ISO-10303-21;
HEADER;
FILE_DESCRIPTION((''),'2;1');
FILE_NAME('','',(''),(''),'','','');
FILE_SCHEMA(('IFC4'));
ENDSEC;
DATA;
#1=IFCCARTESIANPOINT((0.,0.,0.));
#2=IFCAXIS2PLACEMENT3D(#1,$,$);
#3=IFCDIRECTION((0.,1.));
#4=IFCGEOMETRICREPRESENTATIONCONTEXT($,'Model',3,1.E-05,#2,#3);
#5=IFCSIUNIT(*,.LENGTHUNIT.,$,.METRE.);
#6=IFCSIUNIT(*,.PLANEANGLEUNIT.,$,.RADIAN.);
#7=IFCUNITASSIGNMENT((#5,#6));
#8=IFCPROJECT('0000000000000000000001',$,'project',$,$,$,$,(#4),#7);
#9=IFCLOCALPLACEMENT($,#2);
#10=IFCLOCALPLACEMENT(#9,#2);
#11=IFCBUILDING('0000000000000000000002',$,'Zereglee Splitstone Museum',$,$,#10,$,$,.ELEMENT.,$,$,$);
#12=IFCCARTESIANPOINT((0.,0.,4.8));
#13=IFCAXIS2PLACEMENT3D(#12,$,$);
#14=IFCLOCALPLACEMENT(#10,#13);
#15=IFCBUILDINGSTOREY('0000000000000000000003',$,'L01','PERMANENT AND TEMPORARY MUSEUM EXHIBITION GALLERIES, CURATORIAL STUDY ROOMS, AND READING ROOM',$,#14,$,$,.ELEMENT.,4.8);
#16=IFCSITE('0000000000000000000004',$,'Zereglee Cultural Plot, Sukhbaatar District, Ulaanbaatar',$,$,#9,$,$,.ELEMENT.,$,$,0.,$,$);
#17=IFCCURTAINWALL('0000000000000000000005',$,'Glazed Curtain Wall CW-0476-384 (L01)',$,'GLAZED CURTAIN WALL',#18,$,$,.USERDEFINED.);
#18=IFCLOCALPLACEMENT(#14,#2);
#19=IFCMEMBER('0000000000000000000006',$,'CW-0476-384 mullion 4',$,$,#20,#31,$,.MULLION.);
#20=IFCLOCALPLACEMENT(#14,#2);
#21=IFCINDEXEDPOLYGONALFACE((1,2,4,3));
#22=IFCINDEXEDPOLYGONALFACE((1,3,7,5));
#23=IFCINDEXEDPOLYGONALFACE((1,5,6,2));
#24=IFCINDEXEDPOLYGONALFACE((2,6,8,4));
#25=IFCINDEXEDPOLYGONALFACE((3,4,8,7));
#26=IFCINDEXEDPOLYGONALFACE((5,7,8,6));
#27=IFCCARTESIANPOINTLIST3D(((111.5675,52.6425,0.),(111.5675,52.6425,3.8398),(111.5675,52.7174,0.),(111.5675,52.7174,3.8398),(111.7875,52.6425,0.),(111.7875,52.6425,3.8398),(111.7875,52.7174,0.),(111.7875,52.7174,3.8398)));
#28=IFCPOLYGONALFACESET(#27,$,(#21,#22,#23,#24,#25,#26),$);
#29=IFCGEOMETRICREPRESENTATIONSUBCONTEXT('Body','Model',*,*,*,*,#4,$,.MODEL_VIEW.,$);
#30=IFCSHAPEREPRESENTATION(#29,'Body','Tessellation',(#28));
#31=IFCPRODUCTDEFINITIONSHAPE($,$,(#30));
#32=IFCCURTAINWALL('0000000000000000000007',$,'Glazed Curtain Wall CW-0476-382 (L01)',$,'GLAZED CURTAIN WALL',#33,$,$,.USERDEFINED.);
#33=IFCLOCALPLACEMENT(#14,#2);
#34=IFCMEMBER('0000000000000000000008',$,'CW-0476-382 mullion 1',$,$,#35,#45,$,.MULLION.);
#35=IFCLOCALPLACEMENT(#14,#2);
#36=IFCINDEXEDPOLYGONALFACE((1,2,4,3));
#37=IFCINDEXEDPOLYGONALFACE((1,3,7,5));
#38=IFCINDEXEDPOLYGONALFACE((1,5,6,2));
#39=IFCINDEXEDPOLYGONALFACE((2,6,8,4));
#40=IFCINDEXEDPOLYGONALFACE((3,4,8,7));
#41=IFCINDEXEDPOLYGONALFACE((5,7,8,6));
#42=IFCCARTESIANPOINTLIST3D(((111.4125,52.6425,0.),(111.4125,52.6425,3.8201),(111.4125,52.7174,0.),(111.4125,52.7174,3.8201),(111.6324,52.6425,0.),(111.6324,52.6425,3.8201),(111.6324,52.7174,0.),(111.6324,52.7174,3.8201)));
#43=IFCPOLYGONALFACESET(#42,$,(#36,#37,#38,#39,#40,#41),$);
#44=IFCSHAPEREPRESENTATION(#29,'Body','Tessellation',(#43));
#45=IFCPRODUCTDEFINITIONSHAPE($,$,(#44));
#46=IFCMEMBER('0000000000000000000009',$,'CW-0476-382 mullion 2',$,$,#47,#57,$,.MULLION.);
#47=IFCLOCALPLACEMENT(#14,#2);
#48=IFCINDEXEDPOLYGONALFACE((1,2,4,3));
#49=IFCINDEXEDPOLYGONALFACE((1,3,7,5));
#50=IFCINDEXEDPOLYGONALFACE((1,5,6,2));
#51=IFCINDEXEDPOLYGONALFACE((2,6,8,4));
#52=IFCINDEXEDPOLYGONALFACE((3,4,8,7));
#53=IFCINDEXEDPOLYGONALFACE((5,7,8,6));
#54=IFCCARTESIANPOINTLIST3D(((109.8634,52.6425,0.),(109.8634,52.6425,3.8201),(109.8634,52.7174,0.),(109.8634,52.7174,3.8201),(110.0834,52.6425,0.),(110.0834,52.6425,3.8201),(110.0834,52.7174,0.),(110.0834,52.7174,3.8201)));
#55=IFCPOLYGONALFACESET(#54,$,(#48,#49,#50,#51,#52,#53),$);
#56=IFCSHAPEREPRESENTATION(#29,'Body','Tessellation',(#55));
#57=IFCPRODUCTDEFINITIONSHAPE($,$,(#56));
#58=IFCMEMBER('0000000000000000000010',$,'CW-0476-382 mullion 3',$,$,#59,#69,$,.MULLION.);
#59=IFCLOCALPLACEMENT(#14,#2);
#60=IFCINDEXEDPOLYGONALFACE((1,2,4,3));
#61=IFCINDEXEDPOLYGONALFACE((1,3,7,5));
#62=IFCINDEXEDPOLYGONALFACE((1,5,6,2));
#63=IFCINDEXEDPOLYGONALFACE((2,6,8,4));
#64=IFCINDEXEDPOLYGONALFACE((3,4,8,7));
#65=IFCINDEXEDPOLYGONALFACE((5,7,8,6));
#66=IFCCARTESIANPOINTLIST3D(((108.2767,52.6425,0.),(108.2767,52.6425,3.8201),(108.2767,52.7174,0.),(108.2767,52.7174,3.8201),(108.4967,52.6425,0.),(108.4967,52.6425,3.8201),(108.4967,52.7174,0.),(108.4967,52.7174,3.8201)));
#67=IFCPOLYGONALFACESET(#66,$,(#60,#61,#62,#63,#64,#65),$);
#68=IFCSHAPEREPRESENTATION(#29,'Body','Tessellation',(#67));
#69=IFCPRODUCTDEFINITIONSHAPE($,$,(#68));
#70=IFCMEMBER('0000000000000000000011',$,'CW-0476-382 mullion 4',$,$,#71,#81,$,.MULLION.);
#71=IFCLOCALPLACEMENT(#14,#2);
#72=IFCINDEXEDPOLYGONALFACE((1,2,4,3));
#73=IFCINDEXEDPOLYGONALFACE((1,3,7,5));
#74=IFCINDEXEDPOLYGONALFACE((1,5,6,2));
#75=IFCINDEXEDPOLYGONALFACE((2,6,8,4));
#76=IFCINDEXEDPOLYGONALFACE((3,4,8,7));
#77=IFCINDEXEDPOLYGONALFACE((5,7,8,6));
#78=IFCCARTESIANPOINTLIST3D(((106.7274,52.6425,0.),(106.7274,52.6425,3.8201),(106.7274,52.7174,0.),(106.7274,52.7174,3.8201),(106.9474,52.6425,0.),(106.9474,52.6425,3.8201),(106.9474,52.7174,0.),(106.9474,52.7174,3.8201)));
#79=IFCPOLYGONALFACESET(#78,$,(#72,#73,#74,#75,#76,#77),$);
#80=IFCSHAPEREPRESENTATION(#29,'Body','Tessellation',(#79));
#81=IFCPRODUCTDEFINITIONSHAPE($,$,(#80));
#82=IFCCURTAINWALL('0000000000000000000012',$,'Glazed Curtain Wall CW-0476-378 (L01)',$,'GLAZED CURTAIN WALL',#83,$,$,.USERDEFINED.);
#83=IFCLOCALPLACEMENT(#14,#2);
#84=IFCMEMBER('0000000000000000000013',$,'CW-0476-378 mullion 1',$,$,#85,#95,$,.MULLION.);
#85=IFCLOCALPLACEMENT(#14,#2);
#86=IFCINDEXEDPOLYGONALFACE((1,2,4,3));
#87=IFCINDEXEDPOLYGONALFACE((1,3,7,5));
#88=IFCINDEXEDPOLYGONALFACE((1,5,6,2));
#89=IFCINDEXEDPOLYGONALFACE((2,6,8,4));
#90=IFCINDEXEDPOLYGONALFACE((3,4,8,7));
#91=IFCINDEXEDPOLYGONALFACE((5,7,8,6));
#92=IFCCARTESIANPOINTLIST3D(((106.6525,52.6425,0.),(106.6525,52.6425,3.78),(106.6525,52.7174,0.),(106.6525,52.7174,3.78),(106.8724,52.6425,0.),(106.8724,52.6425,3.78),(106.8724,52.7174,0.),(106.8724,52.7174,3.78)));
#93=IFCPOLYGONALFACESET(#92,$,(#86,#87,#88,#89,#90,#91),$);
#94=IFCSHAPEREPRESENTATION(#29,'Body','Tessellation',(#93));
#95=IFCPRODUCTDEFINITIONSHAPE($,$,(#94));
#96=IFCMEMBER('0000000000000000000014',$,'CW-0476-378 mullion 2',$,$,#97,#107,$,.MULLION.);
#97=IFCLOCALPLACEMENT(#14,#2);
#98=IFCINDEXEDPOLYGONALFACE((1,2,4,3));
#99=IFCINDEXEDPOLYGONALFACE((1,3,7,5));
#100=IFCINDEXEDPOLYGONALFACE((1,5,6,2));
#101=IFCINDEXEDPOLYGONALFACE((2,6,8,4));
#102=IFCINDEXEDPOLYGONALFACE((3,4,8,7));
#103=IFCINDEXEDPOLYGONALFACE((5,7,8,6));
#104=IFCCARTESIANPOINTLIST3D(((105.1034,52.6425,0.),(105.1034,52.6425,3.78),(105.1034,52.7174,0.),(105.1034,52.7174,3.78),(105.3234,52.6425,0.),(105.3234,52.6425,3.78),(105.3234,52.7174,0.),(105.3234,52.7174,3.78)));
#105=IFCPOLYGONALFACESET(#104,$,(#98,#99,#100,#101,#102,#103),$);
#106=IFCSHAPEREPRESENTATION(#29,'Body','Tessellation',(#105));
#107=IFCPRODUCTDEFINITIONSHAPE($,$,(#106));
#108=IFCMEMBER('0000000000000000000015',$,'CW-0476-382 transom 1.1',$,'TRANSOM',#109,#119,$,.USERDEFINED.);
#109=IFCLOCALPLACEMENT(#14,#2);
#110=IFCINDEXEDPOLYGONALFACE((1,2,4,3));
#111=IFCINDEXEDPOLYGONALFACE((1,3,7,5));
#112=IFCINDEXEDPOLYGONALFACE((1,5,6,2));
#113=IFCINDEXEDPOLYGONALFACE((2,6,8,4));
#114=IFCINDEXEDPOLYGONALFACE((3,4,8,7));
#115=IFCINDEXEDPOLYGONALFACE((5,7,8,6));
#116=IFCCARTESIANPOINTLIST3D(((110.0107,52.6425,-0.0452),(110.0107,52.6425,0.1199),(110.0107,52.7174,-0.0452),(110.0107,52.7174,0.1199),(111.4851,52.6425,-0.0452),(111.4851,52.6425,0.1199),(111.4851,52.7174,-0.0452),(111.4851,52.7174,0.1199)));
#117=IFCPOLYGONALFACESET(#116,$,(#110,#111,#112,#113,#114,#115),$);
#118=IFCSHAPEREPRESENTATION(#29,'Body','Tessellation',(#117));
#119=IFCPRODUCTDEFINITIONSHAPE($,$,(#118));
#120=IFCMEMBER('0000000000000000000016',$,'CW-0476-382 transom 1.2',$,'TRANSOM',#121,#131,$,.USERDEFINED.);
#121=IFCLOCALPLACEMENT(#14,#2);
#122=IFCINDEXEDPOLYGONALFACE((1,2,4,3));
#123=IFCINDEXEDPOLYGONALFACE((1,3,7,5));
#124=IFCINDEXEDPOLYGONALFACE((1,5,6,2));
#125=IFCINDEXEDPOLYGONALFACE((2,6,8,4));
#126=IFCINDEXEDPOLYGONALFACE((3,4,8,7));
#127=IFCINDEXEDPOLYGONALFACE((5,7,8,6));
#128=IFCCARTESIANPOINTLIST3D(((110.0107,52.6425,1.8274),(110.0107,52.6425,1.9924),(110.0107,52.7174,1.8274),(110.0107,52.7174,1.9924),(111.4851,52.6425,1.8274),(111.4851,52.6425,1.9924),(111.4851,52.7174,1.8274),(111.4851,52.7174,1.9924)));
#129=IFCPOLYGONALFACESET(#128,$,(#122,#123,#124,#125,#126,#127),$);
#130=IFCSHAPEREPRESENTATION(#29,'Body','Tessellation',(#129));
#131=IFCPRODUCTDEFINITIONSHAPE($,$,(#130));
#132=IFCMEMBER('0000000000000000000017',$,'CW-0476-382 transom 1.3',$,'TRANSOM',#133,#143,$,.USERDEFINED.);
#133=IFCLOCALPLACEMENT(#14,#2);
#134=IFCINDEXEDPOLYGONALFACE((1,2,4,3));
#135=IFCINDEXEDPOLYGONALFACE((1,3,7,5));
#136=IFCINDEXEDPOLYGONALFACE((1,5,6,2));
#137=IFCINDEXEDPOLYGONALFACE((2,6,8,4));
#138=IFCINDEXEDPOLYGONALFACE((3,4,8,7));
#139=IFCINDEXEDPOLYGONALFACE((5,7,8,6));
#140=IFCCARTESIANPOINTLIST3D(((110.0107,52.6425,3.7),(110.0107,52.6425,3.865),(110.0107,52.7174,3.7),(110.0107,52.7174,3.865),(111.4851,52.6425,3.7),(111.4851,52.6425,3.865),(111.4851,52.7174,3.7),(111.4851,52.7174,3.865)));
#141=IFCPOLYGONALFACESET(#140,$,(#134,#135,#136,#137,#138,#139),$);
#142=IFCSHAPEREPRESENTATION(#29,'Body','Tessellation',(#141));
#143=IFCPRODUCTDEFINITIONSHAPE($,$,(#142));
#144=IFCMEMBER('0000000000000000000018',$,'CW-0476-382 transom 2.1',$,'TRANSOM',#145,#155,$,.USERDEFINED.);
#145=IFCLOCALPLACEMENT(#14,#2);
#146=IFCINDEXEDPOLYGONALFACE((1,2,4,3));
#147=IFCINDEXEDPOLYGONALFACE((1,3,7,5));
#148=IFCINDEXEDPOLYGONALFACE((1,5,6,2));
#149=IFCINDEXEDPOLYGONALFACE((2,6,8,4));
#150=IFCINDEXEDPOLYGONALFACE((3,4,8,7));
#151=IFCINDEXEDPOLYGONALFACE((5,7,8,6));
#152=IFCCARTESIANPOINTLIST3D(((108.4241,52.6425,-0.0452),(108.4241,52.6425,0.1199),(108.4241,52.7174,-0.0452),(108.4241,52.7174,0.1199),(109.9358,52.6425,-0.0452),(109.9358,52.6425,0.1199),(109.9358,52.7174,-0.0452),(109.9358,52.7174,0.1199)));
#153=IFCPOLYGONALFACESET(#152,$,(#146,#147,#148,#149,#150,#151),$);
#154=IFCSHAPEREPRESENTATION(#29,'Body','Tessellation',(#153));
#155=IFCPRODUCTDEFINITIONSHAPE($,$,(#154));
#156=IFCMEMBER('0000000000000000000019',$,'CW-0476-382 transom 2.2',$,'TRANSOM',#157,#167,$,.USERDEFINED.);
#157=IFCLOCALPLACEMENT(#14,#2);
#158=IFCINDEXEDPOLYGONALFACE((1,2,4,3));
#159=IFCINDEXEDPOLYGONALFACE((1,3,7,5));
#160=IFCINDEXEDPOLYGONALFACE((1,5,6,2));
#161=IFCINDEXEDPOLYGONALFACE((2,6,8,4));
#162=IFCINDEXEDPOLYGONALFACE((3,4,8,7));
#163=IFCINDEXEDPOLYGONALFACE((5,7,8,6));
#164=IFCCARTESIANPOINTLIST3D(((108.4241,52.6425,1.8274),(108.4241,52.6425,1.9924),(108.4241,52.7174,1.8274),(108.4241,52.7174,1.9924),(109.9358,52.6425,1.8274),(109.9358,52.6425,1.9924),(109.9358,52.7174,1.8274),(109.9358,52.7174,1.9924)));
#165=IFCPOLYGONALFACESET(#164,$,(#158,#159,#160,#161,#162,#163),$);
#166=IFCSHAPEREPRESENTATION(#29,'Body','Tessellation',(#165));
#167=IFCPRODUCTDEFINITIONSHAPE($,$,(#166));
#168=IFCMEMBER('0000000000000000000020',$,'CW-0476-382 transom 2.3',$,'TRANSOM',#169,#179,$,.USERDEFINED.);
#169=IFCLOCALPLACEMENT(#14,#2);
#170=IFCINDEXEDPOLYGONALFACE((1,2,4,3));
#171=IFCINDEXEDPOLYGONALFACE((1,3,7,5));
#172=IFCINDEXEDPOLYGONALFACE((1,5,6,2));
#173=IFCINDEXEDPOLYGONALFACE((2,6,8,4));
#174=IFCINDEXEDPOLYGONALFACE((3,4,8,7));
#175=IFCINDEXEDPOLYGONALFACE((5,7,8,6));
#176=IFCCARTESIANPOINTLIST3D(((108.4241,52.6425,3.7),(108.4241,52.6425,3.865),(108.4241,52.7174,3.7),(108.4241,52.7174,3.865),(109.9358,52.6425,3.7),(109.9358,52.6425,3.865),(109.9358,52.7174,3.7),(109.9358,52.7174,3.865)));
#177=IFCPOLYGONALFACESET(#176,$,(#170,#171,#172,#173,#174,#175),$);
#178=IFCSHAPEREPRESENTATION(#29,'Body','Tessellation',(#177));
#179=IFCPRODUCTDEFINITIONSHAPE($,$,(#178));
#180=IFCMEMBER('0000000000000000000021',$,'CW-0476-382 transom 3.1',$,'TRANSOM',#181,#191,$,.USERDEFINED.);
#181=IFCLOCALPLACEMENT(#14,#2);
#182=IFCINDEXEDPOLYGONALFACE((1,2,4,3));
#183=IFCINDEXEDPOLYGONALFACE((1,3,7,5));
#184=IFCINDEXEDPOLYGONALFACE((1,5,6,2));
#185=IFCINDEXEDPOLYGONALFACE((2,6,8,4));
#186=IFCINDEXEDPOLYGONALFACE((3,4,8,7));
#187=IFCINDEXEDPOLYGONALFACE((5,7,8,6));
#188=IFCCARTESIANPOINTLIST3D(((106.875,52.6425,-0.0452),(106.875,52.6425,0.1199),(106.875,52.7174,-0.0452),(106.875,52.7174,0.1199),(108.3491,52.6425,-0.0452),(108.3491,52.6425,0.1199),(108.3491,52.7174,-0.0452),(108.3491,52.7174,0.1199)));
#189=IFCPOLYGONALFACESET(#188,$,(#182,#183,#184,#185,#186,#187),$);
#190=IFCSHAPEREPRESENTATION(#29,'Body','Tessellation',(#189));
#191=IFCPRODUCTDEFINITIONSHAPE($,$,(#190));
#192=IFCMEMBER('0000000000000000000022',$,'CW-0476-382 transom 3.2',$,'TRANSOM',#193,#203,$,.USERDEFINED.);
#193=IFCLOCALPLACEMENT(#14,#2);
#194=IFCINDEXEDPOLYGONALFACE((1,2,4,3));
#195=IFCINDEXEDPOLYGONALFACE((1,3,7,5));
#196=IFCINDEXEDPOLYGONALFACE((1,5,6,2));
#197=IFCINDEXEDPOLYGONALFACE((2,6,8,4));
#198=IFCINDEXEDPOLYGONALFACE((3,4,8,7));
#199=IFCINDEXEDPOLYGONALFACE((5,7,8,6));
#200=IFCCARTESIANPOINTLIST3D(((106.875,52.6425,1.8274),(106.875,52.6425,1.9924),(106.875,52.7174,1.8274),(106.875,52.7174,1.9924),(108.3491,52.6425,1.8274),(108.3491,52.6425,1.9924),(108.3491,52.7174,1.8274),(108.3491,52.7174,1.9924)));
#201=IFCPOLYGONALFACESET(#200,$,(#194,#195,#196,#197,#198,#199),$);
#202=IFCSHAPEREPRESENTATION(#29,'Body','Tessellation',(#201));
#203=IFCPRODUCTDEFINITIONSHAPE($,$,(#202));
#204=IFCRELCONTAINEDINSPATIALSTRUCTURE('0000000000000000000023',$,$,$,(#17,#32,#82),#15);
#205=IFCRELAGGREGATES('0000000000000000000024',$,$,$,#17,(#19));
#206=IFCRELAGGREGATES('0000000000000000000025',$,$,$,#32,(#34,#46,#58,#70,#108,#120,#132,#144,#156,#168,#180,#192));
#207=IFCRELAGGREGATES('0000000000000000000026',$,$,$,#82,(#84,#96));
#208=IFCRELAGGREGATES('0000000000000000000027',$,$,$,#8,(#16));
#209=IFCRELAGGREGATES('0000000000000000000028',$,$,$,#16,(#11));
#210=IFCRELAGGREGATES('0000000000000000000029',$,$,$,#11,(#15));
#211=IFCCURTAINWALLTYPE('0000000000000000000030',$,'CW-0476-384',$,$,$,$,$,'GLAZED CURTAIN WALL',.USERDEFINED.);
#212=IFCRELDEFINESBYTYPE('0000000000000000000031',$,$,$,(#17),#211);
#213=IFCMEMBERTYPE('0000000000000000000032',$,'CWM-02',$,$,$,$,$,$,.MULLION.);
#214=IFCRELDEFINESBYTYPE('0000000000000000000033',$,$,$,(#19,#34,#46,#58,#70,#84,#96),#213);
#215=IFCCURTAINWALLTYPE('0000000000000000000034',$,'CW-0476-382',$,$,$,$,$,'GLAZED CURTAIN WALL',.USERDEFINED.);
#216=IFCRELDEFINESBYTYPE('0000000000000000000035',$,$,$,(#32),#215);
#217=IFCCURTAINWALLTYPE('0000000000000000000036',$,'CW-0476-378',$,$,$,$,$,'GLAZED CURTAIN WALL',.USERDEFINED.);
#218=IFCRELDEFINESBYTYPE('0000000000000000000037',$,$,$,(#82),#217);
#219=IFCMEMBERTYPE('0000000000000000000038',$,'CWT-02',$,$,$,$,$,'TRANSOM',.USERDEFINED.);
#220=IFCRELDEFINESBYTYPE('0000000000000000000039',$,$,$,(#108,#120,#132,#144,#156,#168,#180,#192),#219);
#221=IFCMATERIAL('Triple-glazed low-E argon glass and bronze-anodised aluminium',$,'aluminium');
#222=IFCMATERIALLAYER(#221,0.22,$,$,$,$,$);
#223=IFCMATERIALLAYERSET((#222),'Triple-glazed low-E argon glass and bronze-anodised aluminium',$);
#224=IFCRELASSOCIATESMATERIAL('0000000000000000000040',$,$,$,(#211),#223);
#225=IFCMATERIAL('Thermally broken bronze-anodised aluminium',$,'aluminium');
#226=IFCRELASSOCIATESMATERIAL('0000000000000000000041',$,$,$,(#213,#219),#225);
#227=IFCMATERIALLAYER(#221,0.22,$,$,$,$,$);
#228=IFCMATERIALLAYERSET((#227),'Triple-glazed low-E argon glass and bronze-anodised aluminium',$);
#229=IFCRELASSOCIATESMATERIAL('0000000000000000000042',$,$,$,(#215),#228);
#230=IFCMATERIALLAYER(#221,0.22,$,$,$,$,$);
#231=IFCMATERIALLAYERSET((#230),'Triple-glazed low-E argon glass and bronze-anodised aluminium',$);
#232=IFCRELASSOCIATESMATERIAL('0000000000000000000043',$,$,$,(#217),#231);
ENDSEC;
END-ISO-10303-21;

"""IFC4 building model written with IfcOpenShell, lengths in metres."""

from ifc_helpers import new_model, si_unit, direction, frame, origin, origin_2d, place, context, subcontext, project, spatial, rectangle, extrude, material, layer, layer_set, material_profile, profile_set, type_object, element, aggregate, save


model = new_model("IFC4")

# Units and contexts
model_context = context("Model", 3, precision=1e-05, world=origin(), true_north=direction((0.0, 1.0)))
body_context = subcontext(model_context, "Body", "Model", "MODEL_VIEW")
ifc_project = project(units=[si_unit("LENGTHUNIT", "METRE"), si_unit("PLANEANGLEUNIT", "RADIAN")], contexts=[model_context])

# Site, building, storey
site_placement = place(None, origin())
site = spatial("IfcSite", under=ifc_project, at=site_placement, Name="Zereglee Cultural Plot, Sukhbaatar District, Ulaanbaatar", CompositionType="ELEMENT", RefElevation=0.0)
building_placement = place(site_placement, origin())
building = spatial("IfcBuilding", under=site, at=building_placement, Name="Zereglee Splitstone Museum", CompositionType="ELEMENT")
storey_placement = place(building_placement, frame((0.0, 0.0, 4.8)))
storey = spatial("IfcBuildingStorey", under=building, at=storey_placement, Name="L01", Description="PERMANENT AND TEMPORARY MUSEUM EXHIBITION GALLERIES, CURATORIAL STUDY ROOMS, AND READING ROOM", CompositionType="ELEMENT", Elevation=4.8)

# Curtain wall, member
ifc_material_1 = material(Name="Triple-glazed low-E argon glass and bronze-anodised aluminium", Category="aluminium")
ifc_layer_1 = layer(ifc_material_1, 0.22)
ifc_layer_set_1 = layer_set([ifc_layer_1], Name="Triple-glazed low-E argon glass and bronze-anodised aluminium")
curtain_wall_type_1 = type_object("IfcCurtainWallType", Name="CW-0476-384", ElementType="GLAZED CURTAIN WALL", PredefinedType="USERDEFINED", material=ifc_layer_set_1)
curtain_wall_1_placement = place(storey_placement, origin())
curtain_wall_1 = element("IfcCurtainWall", 1, at=curtain_wall_1_placement, inside=storey, type_object=curtain_wall_type_1, Name="Glazed Curtain Wall CW-0476-384 (L01)", ObjectType="GLAZED CURTAIN WALL", PredefinedType="USERDEFINED")
ifc_material_2 = material(Name="Thermally broken bronze-anodised aluminium", Category="aluminium")
ifc_material_profile_1 = material_profile(ifc_material_2, rectangle(XDim=0.075, YDim=0.22, at=origin_2d()), Name="CW MULL 75x220")
ifc_profile_set_1 = profile_set([ifc_material_profile_1], Name="Thermally broken bronze-anodised aluminium")
member_type_1 = type_object("IfcMemberType", Name="CWM-02", PredefinedType="MULLION", material=ifc_profile_set_1)
member_1_placement = place(storey_placement, frame((111.6775, 52.6799, 0.0), z_axis=(0.0, 0.0, 1.0), x_axis=(0.0, -1.0, 0.0)))
member_1 = element("IfcMember", 2, at=member_1_placement, type_object=member_type_1, Name="CW-0476-384 mullion 4", PredefinedType="MULLION", context=body_context, shape_type="SweptSolid", body=[
    extrude(rectangle(XDim=0.075, YDim=0.22, at=origin_2d()), origin(), (0.0, 0.0, 1.0), 3.8398),
])

# Curtain walls, members
ifc_layer_2 = layer(ifc_material_1, 0.22)
ifc_layer_set_2 = layer_set([ifc_layer_2], Name="Triple-glazed low-E argon glass and bronze-anodised aluminium")
curtain_wall_type_2 = type_object("IfcCurtainWallType", Name="CW-0476-382", ElementType="GLAZED CURTAIN WALL", PredefinedType="USERDEFINED", material=ifc_layer_set_2)
curtain_wall_2_placement = place(storey_placement, origin())
curtain_wall_2 = element("IfcCurtainWall", 3, at=curtain_wall_2_placement, inside=storey, type_object=curtain_wall_type_2, Name="Glazed Curtain Wall CW-0476-382 (L01)", ObjectType="GLAZED CURTAIN WALL", PredefinedType="USERDEFINED")
member_2_placement = place(storey_placement, frame((111.5225, 52.6799, 0.0), z_axis=(0.0, 0.0, 1.0), x_axis=(0.0, -1.0, 0.0)))
member_2 = element("IfcMember", 4, at=member_2_placement, type_object=member_type_1, Name="CW-0476-382 mullion 1", PredefinedType="MULLION", context=body_context, shape_type="SweptSolid", body=[
    extrude(rectangle(XDim=0.075, YDim=0.22, at=origin_2d()), origin(), (0.0, 0.0, 1.0), 3.8201),
])
member_3_placement = place(storey_placement, frame((109.9734, 52.6799, 0.0), z_axis=(0.0, 0.0, 1.0), x_axis=(0.0, -1.0, 0.0)))
member_3 = element("IfcMember", 5, at=member_3_placement, type_object=member_type_1, Name="CW-0476-382 mullion 2", PredefinedType="MULLION", context=body_context, shape_type="SweptSolid", body=[
    extrude(rectangle(XDim=0.075, YDim=0.22, at=origin_2d()), origin(), (0.0, 0.0, 1.0), 3.8201),
])
member_4_placement = place(storey_placement, frame((108.3867, 52.6799, 0.0), z_axis=(0.0, 0.0, 1.0), x_axis=(0.0, -1.0, 0.0)))
member_4 = element("IfcMember", 6, at=member_4_placement, type_object=member_type_1, Name="CW-0476-382 mullion 3", PredefinedType="MULLION", context=body_context, shape_type="SweptSolid", body=[
    extrude(rectangle(XDim=0.075, YDim=0.22, at=origin_2d()), origin(), (0.0, 0.0, 1.0), 3.8201),
])
member_5_placement = place(storey_placement, frame((106.8374, 52.6799, 0.0), z_axis=(0.0, 0.0, 1.0), x_axis=(0.0, -1.0, 0.0)))
member_5 = element("IfcMember", 7, at=member_5_placement, type_object=member_type_1, Name="CW-0476-382 mullion 4", PredefinedType="MULLION", context=body_context, shape_type="SweptSolid", body=[
    extrude(rectangle(XDim=0.075, YDim=0.22, at=origin_2d()), origin(), (0.0, 0.0, 1.0), 3.8201),
])
ifc_layer_3 = layer(ifc_material_1, 0.22)
ifc_layer_set_3 = layer_set([ifc_layer_3], Name="Triple-glazed low-E argon glass and bronze-anodised aluminium")
curtain_wall_type_3 = type_object("IfcCurtainWallType", Name="CW-0476-378", ElementType="GLAZED CURTAIN WALL", PredefinedType="USERDEFINED", material=ifc_layer_set_3)
curtain_wall_3_placement = place(storey_placement, origin())
curtain_wall_3 = element("IfcCurtainWall", 8, at=curtain_wall_3_placement, inside=storey, type_object=curtain_wall_type_3, Name="Glazed Curtain Wall CW-0476-378 (L01)", ObjectType="GLAZED CURTAIN WALL", PredefinedType="USERDEFINED")
member_6_placement = place(storey_placement, frame((106.7625, 52.6799, 0.0), z_axis=(0.0, 0.0, 1.0), x_axis=(0.0, -1.0, 0.0)))
member_6 = element("IfcMember", 9, at=member_6_placement, type_object=member_type_1, Name="CW-0476-378 mullion 1", PredefinedType="MULLION", context=body_context, shape_type="SweptSolid", body=[
    extrude(rectangle(XDim=0.075, YDim=0.22, at=origin_2d()), origin(), (0.0, 0.0, 1.0), 3.78),
])
member_7_placement = place(storey_placement, frame((105.2134, 52.6799, 0.0), z_axis=(0.0, 0.0, 1.0), x_axis=(0.0, -1.0, 0.0)))
member_7 = element("IfcMember", 10, at=member_7_placement, type_object=member_type_1, Name="CW-0476-378 mullion 2", PredefinedType="MULLION", context=body_context, shape_type="SweptSolid", body=[
    extrude(rectangle(XDim=0.075, YDim=0.22, at=origin_2d()), origin(), (0.0, 0.0, 1.0), 3.78),
])

# Members
ifc_material_profile_2 = material_profile(ifc_material_2, rectangle(XDim=0.075, YDim=0.165, at=origin_2d()), Name="CW TRAN 75x165")
ifc_profile_set_2 = profile_set([ifc_material_profile_2], Name="Thermally broken bronze-anodised aluminium")
member_type_2 = type_object("IfcMemberType", Name="CWT-02", ElementType="TRANSOM", PredefinedType="USERDEFINED", material=ifc_profile_set_2)
member_8_placement = place(storey_placement, frame((111.4851, 52.6799, 0.0374), z_axis=(-1.0, 0.0, 0.0), x_axis=(0.0, -1.0, 0.0)))
member_8 = element("IfcMember", 11, at=member_8_placement, type_object=member_type_2, Name="CW-0476-382 transom 1.1", ObjectType="TRANSOM", PredefinedType="USERDEFINED", context=body_context, shape_type="SweptSolid", body=[
    extrude(rectangle(XDim=0.075, YDim=0.165, at=origin_2d()), origin(), (0.0, 0.0, 1.0), 1.4744),
])
member_9_placement = place(storey_placement, frame((111.4851, 52.6799, 1.9099), z_axis=(-1.0, 0.0, 0.0), x_axis=(0.0, -1.0, 0.0)))
member_9 = element("IfcMember", 12, at=member_9_placement, type_object=member_type_2, Name="CW-0476-382 transom 1.2", ObjectType="TRANSOM", PredefinedType="USERDEFINED", context=body_context, shape_type="SweptSolid", body=[
    extrude(rectangle(XDim=0.075, YDim=0.165, at=origin_2d()), origin(), (0.0, 0.0, 1.0), 1.4744),
])
member_10_placement = place(storey_placement, frame((111.4851, 52.6799, 3.7825), z_axis=(-1.0, 0.0, 0.0), x_axis=(0.0, -1.0, 0.0)))
member_10 = element("IfcMember", 13, at=member_10_placement, type_object=member_type_2, Name="CW-0476-382 transom 1.3", ObjectType="TRANSOM", PredefinedType="USERDEFINED", context=body_context, shape_type="SweptSolid", body=[
    extrude(rectangle(XDim=0.075, YDim=0.165, at=origin_2d()), origin(), (0.0, 0.0, 1.0), 1.4744),
])
member_11_placement = place(storey_placement, frame((109.9358, 52.6799, 0.0374), z_axis=(-1.0, 0.0, 0.0), x_axis=(0.0, -1.0, 0.0)))
member_11 = element("IfcMember", 14, at=member_11_placement, type_object=member_type_2, Name="CW-0476-382 transom 2.1", ObjectType="TRANSOM", PredefinedType="USERDEFINED", context=body_context, shape_type="SweptSolid", body=[
    extrude(rectangle(XDim=0.075, YDim=0.165, at=origin_2d()), origin(), (0.0, 0.0, 1.0), 1.5117),
])
member_12_placement = place(storey_placement, frame((109.9358, 52.6799, 1.9099), z_axis=(-1.0, 0.0, 0.0), x_axis=(0.0, -1.0, 0.0)))
member_12 = element("IfcMember", 15, at=member_12_placement, type_object=member_type_2, Name="CW-0476-382 transom 2.2", ObjectType="TRANSOM", PredefinedType="USERDEFINED", context=body_context, shape_type="SweptSolid", body=[
    extrude(rectangle(XDim=0.075, YDim=0.165, at=origin_2d()), origin(), (0.0, 0.0, 1.0), 1.5117),
])
member_13_placement = place(storey_placement, frame((109.9358, 52.6799, 3.7825), z_axis=(-1.0, 0.0, 0.0), x_axis=(0.0, -1.0, 0.0)))
member_13 = element("IfcMember", 16, at=member_13_placement, type_object=member_type_2, Name="CW-0476-382 transom 2.3", ObjectType="TRANSOM", PredefinedType="USERDEFINED", context=body_context, shape_type="SweptSolid", body=[
    extrude(rectangle(XDim=0.075, YDim=0.165, at=origin_2d()), origin(), (0.0, 0.0, 1.0), 1.5117),
])
member_14_placement = place(storey_placement, frame((108.3491, 52.6799, 0.0374), z_axis=(-1.0, 0.0, 0.0), x_axis=(0.0, -1.0, 0.0)))
member_14 = element("IfcMember", 17, at=member_14_placement, type_object=member_type_2, Name="CW-0476-382 transom 3.1", ObjectType="TRANSOM", PredefinedType="USERDEFINED", context=body_context, shape_type="SweptSolid", body=[
    extrude(rectangle(XDim=0.075, YDim=0.165, at=origin_2d()), origin(), (0.0, 0.0, 1.0), 1.4741),
])
member_15_placement = place(storey_placement, frame((108.3491, 52.6799, 1.9099), z_axis=(-1.0, 0.0, 0.0), x_axis=(0.0, -1.0, 0.0)))
member_15 = element("IfcMember", 18, at=member_15_placement, type_object=member_type_2, Name="CW-0476-382 transom 3.2", ObjectType="TRANSOM", PredefinedType="USERDEFINED", context=body_context, shape_type="SweptSolid", body=[
    extrude(rectangle(XDim=0.075, YDim=0.165, at=origin_2d()), origin(), (0.0, 0.0, 1.0), 1.4741),
])

aggregate(curtain_wall_1, [member_1])
aggregate(curtain_wall_2, [member_2, member_3, member_4, member_5, member_8, member_9, member_10, member_11, member_12, member_13, member_14, member_15])
aggregate(curtain_wall_3, [member_6, member_7])

save(model, "model.ifc")
